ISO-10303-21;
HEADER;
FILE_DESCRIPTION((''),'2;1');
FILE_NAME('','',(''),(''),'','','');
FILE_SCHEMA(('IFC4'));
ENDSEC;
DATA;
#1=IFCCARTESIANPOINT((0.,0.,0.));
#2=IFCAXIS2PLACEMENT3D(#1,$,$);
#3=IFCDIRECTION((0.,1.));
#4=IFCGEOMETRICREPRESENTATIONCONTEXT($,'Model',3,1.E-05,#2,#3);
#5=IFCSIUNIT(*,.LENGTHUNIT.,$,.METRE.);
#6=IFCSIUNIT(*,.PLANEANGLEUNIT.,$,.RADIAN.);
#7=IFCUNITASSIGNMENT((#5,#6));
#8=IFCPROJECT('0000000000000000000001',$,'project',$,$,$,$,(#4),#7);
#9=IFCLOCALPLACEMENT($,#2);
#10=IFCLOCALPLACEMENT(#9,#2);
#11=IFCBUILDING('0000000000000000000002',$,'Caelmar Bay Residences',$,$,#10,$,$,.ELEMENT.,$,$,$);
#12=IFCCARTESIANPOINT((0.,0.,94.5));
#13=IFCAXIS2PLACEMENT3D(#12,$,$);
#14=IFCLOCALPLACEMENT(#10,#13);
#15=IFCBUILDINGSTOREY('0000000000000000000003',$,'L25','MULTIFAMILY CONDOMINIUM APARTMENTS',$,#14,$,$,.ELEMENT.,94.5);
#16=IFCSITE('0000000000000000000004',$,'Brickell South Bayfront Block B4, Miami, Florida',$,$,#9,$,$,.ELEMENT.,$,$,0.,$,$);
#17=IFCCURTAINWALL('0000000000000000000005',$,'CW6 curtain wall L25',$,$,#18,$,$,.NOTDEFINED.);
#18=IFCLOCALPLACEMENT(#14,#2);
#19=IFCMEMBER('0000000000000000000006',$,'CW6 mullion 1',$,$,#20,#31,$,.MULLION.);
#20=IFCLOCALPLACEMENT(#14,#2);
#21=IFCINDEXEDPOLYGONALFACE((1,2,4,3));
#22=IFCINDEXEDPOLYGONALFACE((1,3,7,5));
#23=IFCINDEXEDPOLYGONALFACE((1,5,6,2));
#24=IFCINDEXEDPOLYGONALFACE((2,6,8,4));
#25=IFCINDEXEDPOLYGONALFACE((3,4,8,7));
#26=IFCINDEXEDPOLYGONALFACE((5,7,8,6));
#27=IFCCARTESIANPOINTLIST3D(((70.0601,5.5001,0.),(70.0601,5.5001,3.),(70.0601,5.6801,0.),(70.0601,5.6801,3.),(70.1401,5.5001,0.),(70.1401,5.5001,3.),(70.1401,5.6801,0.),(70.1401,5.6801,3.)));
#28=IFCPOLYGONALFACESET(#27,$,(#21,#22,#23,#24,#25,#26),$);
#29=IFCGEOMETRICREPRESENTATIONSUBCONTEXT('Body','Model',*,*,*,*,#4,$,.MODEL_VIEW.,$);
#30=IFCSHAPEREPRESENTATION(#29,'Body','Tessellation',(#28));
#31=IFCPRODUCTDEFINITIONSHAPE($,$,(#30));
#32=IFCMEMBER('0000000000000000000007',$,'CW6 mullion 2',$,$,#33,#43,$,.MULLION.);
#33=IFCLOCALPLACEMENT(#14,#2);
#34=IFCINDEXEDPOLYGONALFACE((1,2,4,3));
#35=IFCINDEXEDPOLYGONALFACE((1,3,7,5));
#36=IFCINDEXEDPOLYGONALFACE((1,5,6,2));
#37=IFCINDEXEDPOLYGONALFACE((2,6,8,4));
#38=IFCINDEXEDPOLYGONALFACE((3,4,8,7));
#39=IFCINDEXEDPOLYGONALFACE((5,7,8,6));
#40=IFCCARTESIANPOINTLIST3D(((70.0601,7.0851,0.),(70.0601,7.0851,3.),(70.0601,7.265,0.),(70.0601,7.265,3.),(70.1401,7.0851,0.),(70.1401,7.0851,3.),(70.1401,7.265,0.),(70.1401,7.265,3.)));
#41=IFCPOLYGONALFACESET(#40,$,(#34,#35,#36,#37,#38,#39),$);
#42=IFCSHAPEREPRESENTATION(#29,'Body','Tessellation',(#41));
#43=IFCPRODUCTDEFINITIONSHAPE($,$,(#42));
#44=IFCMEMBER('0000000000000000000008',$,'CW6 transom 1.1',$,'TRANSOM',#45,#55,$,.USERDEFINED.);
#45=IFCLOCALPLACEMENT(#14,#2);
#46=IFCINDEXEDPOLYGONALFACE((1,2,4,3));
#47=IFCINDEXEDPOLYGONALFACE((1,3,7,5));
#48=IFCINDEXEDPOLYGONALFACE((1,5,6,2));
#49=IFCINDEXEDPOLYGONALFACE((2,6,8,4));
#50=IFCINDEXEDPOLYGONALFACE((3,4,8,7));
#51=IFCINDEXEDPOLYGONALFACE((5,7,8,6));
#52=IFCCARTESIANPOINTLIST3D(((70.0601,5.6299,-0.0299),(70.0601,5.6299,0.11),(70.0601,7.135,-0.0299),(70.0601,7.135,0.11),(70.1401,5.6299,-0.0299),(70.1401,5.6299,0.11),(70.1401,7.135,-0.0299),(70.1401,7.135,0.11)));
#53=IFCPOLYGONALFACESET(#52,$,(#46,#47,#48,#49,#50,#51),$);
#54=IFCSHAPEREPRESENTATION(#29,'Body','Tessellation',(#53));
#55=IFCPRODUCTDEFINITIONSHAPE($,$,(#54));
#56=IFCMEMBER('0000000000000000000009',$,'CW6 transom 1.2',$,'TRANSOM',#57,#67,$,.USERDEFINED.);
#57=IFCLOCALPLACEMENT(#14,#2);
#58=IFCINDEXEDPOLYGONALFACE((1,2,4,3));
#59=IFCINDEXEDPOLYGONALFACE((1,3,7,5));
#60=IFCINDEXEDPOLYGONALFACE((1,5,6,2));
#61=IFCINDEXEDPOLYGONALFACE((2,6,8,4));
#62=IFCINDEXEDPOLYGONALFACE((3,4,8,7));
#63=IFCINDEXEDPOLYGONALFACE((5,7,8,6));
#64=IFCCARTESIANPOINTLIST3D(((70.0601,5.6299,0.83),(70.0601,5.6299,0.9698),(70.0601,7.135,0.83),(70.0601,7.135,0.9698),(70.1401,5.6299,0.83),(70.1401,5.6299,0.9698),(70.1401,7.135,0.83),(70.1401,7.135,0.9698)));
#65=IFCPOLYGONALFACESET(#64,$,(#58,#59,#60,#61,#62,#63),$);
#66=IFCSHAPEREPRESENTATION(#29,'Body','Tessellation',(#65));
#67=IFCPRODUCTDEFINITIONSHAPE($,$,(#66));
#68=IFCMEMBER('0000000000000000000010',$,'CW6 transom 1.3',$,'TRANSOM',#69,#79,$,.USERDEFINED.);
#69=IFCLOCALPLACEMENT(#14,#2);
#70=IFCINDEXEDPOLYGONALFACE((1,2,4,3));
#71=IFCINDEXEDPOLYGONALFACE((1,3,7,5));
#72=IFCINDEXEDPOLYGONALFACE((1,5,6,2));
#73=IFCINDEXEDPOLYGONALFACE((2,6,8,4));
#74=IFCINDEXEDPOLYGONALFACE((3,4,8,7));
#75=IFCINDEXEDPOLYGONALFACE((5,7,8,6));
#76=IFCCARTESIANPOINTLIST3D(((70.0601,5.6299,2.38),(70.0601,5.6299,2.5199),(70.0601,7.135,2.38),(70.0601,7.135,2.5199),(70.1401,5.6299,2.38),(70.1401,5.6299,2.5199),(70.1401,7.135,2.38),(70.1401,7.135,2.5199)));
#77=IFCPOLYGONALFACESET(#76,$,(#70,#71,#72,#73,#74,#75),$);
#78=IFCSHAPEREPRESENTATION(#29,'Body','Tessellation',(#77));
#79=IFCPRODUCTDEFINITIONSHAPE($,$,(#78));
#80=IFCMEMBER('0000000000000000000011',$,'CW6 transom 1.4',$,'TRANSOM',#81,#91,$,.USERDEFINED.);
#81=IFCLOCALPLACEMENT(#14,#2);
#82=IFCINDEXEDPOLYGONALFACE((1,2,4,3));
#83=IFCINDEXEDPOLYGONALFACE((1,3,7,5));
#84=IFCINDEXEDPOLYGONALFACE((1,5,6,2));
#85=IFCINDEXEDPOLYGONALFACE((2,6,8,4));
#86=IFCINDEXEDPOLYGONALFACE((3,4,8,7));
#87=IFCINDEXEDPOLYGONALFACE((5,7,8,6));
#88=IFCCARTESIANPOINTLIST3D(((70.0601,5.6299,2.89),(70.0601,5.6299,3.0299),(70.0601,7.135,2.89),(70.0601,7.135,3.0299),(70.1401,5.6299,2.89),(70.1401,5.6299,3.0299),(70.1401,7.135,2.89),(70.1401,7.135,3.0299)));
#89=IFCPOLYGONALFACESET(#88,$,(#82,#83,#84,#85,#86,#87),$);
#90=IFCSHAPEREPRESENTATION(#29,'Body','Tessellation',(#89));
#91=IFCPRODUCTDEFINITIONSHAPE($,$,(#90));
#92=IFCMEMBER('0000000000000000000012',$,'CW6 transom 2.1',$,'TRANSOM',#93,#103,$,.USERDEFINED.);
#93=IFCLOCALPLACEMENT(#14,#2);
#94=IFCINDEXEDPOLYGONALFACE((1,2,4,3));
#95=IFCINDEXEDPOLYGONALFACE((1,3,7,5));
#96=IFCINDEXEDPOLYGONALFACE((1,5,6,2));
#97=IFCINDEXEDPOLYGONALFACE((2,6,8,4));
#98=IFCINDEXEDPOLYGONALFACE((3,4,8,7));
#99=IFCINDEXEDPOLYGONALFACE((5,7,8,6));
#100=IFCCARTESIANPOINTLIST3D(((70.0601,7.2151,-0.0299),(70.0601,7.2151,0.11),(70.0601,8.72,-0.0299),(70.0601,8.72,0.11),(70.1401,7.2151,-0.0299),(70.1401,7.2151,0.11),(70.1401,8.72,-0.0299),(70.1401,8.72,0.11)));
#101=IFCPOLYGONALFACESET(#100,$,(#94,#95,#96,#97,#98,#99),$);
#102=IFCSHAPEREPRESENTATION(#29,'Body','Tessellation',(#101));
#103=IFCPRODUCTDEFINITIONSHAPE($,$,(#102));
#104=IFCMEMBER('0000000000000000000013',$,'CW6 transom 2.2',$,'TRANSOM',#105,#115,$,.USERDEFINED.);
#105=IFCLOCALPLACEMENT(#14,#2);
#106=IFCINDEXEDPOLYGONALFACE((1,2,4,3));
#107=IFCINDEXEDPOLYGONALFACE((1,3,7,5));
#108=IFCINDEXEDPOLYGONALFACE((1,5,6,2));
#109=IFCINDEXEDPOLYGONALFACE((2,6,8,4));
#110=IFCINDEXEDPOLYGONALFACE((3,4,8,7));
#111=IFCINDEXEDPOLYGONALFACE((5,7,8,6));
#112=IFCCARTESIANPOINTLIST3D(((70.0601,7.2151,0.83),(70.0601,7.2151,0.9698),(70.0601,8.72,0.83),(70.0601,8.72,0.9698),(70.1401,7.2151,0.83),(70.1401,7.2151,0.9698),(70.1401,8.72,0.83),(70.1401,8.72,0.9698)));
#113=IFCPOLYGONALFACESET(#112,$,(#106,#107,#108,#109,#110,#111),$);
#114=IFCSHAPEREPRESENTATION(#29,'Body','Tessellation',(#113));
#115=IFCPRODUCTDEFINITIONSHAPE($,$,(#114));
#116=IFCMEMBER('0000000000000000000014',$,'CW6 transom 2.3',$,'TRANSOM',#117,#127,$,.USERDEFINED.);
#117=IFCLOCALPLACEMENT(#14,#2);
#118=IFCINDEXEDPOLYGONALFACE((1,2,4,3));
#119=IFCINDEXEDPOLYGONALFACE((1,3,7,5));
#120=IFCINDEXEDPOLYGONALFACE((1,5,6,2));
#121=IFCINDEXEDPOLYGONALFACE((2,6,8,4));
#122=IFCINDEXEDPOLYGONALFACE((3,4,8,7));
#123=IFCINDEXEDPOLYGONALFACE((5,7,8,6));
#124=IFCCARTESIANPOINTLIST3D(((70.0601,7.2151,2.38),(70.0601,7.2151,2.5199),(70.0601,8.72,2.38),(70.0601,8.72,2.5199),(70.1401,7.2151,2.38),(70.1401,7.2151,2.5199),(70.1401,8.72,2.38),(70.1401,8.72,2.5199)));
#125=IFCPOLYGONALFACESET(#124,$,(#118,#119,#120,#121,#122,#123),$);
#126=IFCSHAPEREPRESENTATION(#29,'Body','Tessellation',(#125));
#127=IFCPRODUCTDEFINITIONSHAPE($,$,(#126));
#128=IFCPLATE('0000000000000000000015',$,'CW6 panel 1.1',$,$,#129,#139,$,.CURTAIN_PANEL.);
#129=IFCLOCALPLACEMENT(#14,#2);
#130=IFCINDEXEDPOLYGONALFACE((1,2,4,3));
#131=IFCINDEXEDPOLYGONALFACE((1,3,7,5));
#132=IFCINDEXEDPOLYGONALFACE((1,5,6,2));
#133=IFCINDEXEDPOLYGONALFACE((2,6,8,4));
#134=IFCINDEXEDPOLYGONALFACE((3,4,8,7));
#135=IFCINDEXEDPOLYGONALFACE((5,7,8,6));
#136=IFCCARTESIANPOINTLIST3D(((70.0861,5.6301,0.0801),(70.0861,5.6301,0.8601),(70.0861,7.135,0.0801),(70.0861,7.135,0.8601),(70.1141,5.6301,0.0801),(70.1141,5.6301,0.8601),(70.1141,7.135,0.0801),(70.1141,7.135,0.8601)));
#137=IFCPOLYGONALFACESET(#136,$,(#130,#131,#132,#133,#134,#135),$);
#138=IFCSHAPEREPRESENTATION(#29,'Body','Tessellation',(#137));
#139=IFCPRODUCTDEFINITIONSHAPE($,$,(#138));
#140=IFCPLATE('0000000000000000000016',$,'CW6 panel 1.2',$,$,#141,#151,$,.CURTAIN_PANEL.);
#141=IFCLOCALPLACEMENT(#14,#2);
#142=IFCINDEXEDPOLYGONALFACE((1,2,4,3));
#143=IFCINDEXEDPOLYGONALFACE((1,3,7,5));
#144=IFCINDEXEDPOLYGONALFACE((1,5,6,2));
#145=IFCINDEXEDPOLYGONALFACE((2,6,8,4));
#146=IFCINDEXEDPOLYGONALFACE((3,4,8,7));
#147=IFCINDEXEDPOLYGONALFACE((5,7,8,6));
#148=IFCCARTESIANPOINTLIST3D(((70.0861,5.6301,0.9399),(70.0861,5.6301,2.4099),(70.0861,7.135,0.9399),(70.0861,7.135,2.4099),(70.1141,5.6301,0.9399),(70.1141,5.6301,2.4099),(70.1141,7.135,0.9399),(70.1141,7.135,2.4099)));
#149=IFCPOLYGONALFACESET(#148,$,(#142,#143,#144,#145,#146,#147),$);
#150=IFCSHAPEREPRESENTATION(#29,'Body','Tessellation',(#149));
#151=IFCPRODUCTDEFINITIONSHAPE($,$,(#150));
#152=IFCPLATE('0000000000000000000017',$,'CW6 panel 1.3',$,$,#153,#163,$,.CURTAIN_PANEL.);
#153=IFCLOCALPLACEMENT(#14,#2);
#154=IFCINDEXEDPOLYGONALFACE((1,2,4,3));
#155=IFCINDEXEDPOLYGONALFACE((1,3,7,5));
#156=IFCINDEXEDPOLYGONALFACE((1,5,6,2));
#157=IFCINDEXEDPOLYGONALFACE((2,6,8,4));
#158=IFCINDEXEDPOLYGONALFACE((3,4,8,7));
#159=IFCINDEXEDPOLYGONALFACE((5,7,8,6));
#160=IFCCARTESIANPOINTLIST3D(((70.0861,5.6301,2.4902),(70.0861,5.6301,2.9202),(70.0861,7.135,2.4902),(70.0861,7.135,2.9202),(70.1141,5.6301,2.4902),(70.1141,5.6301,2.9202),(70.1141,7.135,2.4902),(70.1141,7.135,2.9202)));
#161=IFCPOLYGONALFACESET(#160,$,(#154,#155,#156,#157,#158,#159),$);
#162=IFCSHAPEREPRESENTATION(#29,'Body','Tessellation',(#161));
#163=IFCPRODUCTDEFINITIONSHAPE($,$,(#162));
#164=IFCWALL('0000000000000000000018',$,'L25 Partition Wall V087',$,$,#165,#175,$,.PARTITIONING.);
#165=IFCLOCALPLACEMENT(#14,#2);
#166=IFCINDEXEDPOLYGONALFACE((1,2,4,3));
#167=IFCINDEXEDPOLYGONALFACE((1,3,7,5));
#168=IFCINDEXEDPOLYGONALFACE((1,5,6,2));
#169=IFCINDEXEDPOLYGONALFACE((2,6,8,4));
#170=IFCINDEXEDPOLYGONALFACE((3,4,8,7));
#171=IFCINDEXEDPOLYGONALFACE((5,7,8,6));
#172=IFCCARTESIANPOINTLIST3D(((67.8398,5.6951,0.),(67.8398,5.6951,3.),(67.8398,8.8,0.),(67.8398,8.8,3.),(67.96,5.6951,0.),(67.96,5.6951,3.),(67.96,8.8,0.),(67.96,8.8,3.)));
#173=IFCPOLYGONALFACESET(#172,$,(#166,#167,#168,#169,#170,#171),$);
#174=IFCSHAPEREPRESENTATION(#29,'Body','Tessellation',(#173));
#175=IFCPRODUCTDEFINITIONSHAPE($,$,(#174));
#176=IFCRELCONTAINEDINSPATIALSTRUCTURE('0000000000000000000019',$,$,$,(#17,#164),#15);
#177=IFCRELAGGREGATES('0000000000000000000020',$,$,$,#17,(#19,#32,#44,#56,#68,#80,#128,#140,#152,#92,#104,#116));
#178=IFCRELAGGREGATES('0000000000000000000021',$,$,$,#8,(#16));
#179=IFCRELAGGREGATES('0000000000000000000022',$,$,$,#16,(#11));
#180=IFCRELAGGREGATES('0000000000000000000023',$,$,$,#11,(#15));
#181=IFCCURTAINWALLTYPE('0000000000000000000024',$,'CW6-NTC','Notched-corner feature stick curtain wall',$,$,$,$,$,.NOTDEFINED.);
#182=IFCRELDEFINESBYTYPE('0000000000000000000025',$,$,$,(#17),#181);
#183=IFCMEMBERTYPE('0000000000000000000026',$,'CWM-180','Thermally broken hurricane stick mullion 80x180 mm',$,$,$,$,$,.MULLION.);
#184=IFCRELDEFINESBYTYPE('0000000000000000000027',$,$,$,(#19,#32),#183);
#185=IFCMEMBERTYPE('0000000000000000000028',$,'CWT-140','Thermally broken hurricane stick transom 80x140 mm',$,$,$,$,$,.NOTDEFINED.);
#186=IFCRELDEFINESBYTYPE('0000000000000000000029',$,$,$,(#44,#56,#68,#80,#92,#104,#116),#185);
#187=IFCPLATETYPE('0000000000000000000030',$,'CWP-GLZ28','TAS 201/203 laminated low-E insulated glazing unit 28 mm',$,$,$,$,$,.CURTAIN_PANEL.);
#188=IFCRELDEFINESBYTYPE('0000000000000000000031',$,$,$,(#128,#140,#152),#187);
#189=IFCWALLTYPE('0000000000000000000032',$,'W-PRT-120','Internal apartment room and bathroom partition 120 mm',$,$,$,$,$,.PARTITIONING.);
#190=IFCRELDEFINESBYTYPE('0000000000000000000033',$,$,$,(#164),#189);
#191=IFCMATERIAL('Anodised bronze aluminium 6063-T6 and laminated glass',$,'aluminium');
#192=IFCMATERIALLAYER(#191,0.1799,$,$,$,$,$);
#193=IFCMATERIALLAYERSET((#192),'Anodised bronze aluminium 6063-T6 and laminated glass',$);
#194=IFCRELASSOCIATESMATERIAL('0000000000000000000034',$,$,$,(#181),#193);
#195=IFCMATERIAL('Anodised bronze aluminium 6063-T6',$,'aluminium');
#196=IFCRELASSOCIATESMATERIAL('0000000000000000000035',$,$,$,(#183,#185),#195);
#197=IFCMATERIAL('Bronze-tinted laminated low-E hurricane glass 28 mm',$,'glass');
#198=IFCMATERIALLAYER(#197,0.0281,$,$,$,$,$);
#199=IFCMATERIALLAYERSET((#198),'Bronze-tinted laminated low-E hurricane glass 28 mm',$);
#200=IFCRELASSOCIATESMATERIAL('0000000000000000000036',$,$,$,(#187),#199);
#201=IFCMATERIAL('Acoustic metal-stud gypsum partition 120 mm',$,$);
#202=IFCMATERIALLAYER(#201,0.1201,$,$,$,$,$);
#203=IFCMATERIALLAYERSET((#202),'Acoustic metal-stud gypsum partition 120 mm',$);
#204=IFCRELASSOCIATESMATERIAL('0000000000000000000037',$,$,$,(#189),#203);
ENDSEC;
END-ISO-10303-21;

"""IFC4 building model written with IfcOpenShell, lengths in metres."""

from ifc_helpers import new_model, si_unit, direction, frame, frame_2d, origin, origin_2d, place, context, subcontext, project, spatial, rectangle, extrude, material, layer, layer_set, material_profile, profile_set, type_object, element, aggregate, save


model = new_model("IFC4")

# Units and contexts
model_context = context("Model", 3, precision=1e-05, world=origin(), true_north=direction((0.0, 1.0)))
body_context = subcontext(model_context, "Body", "Model", "MODEL_VIEW")
ifc_project = project(units=[si_unit("LENGTHUNIT", "METRE"), si_unit("PLANEANGLEUNIT", "RADIAN")], contexts=[model_context])

# Site, building, storey
site_placement = place(None, origin())
site = spatial("IfcSite", under=ifc_project, at=site_placement, Name="Brickell South Bayfront Block B4, Miami, Florida", CompositionType="ELEMENT", RefElevation=0.0)
building_placement = place(site_placement, origin())
building = spatial("IfcBuilding", under=site, at=building_placement, Name="Caelmar Bay Residences", CompositionType="ELEMENT")
storey_placement = place(building_placement, frame((0.0, 0.0, 94.5)))
storey = spatial("IfcBuildingStorey", under=building, at=storey_placement, Name="L25", Description="MULTIFAMILY CONDOMINIUM APARTMENTS", CompositionType="ELEMENT", Elevation=94.5)

# Curtain wall, members, plates
ifc_material_1 = material(Name="Anodised bronze aluminium 6063-T6 and laminated glass", Category="aluminium")
ifc_layer_1 = layer(ifc_material_1, 0.1799)
ifc_layer_set_1 = layer_set([ifc_layer_1], Name="Anodised bronze aluminium 6063-T6 and laminated glass")
curtain_wall_type = type_object("IfcCurtainWallType", Name="CW6-NTC", Description="Notched-corner feature stick curtain wall", PredefinedType="NOTDEFINED", material=ifc_layer_set_1)
curtain_wall_placement = place(storey_placement, origin())
curtain_wall = element("IfcCurtainWall", 1, at=curtain_wall_placement, inside=storey, type_object=curtain_wall_type, Name="CW6 curtain wall L25", PredefinedType="NOTDEFINED")
ifc_material_2 = material(Name="Anodised bronze aluminium 6063-T6", Category="aluminium")
ifc_material_profile_1 = material_profile(ifc_material_2, rectangle(XDim=0.0801, YDim=0.1799, at=origin_2d()), Name="CWM-80X180")
ifc_profile_set_1 = profile_set([ifc_material_profile_1], Name="Anodised bronze aluminium 6063-T6")
member_type_1 = type_object("IfcMemberType", Name="CWM-180", Description="Thermally broken hurricane stick mullion 80x180 mm", PredefinedType="MULLION", material=ifc_profile_set_1)
member_1_placement = place(storey_placement, frame((70.1001, 5.5901, 0.0), z_axis=(0.0, 0.0, 1.0), x_axis=(-1.0, 0.0, 0.0)))
member_1 = element("IfcMember", 2, at=member_1_placement, type_object=member_type_1, Name="CW6 mullion 1", PredefinedType="MULLION", context=body_context, shape_type="SweptSolid", body=[
    extrude(rectangle(XDim=0.0801, YDim=0.1799, at=origin_2d()), origin(), (0.0, 0.0, 1.0), 3.0),
])
member_2_placement = place(storey_placement, frame((70.1001, 7.175, 0.0), z_axis=(0.0, 0.0, 1.0), x_axis=(-1.0, 0.0, 0.0)))
member_2 = element("IfcMember", 3, at=member_2_placement, type_object=member_type_1, Name="CW6 mullion 2", PredefinedType="MULLION", context=body_context, shape_type="SweptSolid", body=[
    extrude(rectangle(XDim=0.0801, YDim=0.1799, at=origin_2d()), origin(), (0.0, 0.0, 1.0), 3.0),
])
ifc_material_profile_2 = material_profile(ifc_material_2, rectangle(XDim=0.0801, YDim=0.1399, at=origin_2d()), Name="CWT-80X140")
ifc_profile_set_2 = profile_set([ifc_material_profile_2], Name="Anodised bronze aluminium 6063-T6")
member_type_2 = type_object("IfcMemberType", Name="CWT-140", Description="Thermally broken hurricane stick transom 80x140 mm", PredefinedType="NOTDEFINED", material=ifc_profile_set_2)
member_3_placement = place(storey_placement, frame((70.1001, 5.6299, 0.04), z_axis=(0.0, 1.0, 0.0), x_axis=(-1.0, 0.0, 0.0)))
member_3 = element("IfcMember", 4, at=member_3_placement, type_object=member_type_2, Name="CW6 transom 1.1", ObjectType="TRANSOM", PredefinedType="USERDEFINED", context=body_context, shape_type="SweptSolid", body=[
    extrude(rectangle(XDim=0.0801, YDim=0.1399, at=origin_2d()), origin(), (0.0, 0.0, 1.0), 1.5051),
])
member_4_placement = place(storey_placement, frame((70.1001, 5.6299, 0.8999), z_axis=(0.0, 1.0, 0.0), x_axis=(-1.0, 0.0, 0.0)))
member_4 = element("IfcMember", 5, at=member_4_placement, type_object=member_type_2, Name="CW6 transom 1.2", ObjectType="TRANSOM", PredefinedType="USERDEFINED", context=body_context, shape_type="SweptSolid", body=[
    extrude(rectangle(XDim=0.0801, YDim=0.1399, at=origin_2d()), origin(), (0.0, 0.0, 1.0), 1.5051),
])
member_5_placement = place(storey_placement, frame((70.1001, 5.6299, 2.45), z_axis=(0.0, 1.0, 0.0), x_axis=(-1.0, 0.0, 0.0)))
member_5 = element("IfcMember", 6, at=member_5_placement, type_object=member_type_2, Name="CW6 transom 1.3", ObjectType="TRANSOM", PredefinedType="USERDEFINED", context=body_context, shape_type="SweptSolid", body=[
    extrude(rectangle(XDim=0.0801, YDim=0.1399, at=origin_2d()), origin(), (0.0, 0.0, 1.0), 1.5051),
])
member_6_placement = place(storey_placement, frame((70.1001, 5.6299, 2.96), z_axis=(0.0, 1.0, 0.0), x_axis=(-1.0, 0.0, 0.0)))
member_6 = element("IfcMember", 7, at=member_6_placement, type_object=member_type_2, Name="CW6 transom 1.4", ObjectType="TRANSOM", PredefinedType="USERDEFINED", context=body_context, shape_type="SweptSolid", body=[
    extrude(rectangle(XDim=0.0801, YDim=0.1399, at=origin_2d()), origin(), (0.0, 0.0, 1.0), 1.5051),
])
member_7_placement = place(storey_placement, frame((70.1001, 7.2151, 0.04), z_axis=(0.0, 1.0, 0.0), x_axis=(-1.0, 0.0, 0.0)))
member_7 = element("IfcMember", 8, at=member_7_placement, type_object=member_type_2, Name="CW6 transom 2.1", ObjectType="TRANSOM", PredefinedType="USERDEFINED", context=body_context, shape_type="SweptSolid", body=[
    extrude(rectangle(XDim=0.0801, YDim=0.1399, at=origin_2d()), origin(), (0.0, 0.0, 1.0), 1.5049),
])
member_8_placement = place(storey_placement, frame((70.1001, 7.2151, 0.8999), z_axis=(0.0, 1.0, 0.0), x_axis=(-1.0, 0.0, 0.0)))
member_8 = element("IfcMember", 9, at=member_8_placement, type_object=member_type_2, Name="CW6 transom 2.2", ObjectType="TRANSOM", PredefinedType="USERDEFINED", context=body_context, shape_type="SweptSolid", body=[
    extrude(rectangle(XDim=0.0801, YDim=0.1399, at=origin_2d()), origin(), (0.0, 0.0, 1.0), 1.5049),
])
member_9_placement = place(storey_placement, frame((70.1001, 7.2151, 2.45), z_axis=(0.0, 1.0, 0.0), x_axis=(-1.0, 0.0, 0.0)))
member_9 = element("IfcMember", 10, at=member_9_placement, type_object=member_type_2, Name="CW6 transom 2.3", ObjectType="TRANSOM", PredefinedType="USERDEFINED", context=body_context, shape_type="SweptSolid", body=[
    extrude(rectangle(XDim=0.0801, YDim=0.1399, at=origin_2d()), origin(), (0.0, 0.0, 1.0), 1.5049),
])
ifc_material_3 = material(Name="Bronze-tinted laminated low-E hurricane glass 28 mm", Category="glass")
ifc_layer_2 = layer(ifc_material_3, 0.0281)
ifc_layer_set_2 = layer_set([ifc_layer_2], Name="Bronze-tinted laminated low-E hurricane glass 28 mm")
plate_type = type_object("IfcPlateType", Name="CWP-GLZ28", Description="TAS 201/203 laminated low-E insulated glazing unit 28 mm", PredefinedType="CURTAIN_PANEL", material=ifc_layer_set_2)
plate_1_placement = place(storey_placement, frame((70.1001, 6.3826, 0.0801), z_axis=(0.0, 0.0, 1.0), x_axis=(0.0, 1.0, 0.0)))
plate_1 = element("IfcPlate", 11, at=plate_1_placement, type_object=plate_type, Name="CW6 panel 1.1", PredefinedType="CURTAIN_PANEL", context=body_context, shape_type="SweptSolid", body=[
    extrude(rectangle(XDim=1.5049, YDim=0.0281, at=origin_2d()), origin(), (0.0, 0.0, 1.0), 0.78),
])
plate_2_placement = place(storey_placement, frame((70.1001, 6.3826, 0.9399), z_axis=(0.0, 0.0, 1.0), x_axis=(0.0, 1.0, 0.0)))
plate_2 = element("IfcPlate", 12, at=plate_2_placement, type_object=plate_type, Name="CW6 panel 1.2", PredefinedType="CURTAIN_PANEL", context=body_context, shape_type="SweptSolid", body=[
    extrude(rectangle(XDim=1.5049, YDim=0.0281, at=origin_2d()), origin(), (0.0, 0.0, 1.0), 1.47),
])
plate_3_placement = place(storey_placement, frame((70.1001, 6.3826, 2.4902), z_axis=(0.0, 0.0, 1.0), x_axis=(0.0, 1.0, 0.0)))
plate_3 = element("IfcPlate", 13, at=plate_3_placement, type_object=plate_type, Name="CW6 panel 1.3", PredefinedType="CURTAIN_PANEL", context=body_context, shape_type="SweptSolid", body=[
    extrude(rectangle(XDim=1.5049, YDim=0.0281, at=origin_2d()), origin(), (0.0, 0.0, 1.0), 0.4299),
])
aggregate(curtain_wall, [member_1, member_2, member_3, member_4, member_5, member_6, plate_1, plate_2, plate_3, member_7, member_8, member_9])

# Wall
ifc_material_4 = material(Name="Acoustic metal-stud gypsum partition 120 mm")
ifc_layer_3 = layer(ifc_material_4, 0.1201)
ifc_layer_set_3 = layer_set([ifc_layer_3], Name="Acoustic metal-stud gypsum partition 120 mm")
wall_type_1 = type_object("IfcWallType", Name="W-PRT-120", Description="Internal apartment room and bathroom partition 120 mm", PredefinedType="PARTITIONING", material=ifc_layer_set_3)
wall_1_placement = place(storey_placement, frame((67.8999, 5.6951, 0.0), z_axis=(0.0, 0.0, 1.0), x_axis=(0.0, 1.0, 0.0)))
element("IfcWall", 14, at=wall_1_placement, inside=storey, type_object=wall_type_1, Name="L25 Partition Wall V087", PredefinedType="PARTITIONING", context=body_context, shape_type="SweptSolid", body=[
    extrude(rectangle(XDim=3.105, YDim=0.1201, at=frame_2d((1.5525, 0.0))), origin(), (0.0, 0.0, 1.0), 3.0),
])

save(model, "model.ifc")
